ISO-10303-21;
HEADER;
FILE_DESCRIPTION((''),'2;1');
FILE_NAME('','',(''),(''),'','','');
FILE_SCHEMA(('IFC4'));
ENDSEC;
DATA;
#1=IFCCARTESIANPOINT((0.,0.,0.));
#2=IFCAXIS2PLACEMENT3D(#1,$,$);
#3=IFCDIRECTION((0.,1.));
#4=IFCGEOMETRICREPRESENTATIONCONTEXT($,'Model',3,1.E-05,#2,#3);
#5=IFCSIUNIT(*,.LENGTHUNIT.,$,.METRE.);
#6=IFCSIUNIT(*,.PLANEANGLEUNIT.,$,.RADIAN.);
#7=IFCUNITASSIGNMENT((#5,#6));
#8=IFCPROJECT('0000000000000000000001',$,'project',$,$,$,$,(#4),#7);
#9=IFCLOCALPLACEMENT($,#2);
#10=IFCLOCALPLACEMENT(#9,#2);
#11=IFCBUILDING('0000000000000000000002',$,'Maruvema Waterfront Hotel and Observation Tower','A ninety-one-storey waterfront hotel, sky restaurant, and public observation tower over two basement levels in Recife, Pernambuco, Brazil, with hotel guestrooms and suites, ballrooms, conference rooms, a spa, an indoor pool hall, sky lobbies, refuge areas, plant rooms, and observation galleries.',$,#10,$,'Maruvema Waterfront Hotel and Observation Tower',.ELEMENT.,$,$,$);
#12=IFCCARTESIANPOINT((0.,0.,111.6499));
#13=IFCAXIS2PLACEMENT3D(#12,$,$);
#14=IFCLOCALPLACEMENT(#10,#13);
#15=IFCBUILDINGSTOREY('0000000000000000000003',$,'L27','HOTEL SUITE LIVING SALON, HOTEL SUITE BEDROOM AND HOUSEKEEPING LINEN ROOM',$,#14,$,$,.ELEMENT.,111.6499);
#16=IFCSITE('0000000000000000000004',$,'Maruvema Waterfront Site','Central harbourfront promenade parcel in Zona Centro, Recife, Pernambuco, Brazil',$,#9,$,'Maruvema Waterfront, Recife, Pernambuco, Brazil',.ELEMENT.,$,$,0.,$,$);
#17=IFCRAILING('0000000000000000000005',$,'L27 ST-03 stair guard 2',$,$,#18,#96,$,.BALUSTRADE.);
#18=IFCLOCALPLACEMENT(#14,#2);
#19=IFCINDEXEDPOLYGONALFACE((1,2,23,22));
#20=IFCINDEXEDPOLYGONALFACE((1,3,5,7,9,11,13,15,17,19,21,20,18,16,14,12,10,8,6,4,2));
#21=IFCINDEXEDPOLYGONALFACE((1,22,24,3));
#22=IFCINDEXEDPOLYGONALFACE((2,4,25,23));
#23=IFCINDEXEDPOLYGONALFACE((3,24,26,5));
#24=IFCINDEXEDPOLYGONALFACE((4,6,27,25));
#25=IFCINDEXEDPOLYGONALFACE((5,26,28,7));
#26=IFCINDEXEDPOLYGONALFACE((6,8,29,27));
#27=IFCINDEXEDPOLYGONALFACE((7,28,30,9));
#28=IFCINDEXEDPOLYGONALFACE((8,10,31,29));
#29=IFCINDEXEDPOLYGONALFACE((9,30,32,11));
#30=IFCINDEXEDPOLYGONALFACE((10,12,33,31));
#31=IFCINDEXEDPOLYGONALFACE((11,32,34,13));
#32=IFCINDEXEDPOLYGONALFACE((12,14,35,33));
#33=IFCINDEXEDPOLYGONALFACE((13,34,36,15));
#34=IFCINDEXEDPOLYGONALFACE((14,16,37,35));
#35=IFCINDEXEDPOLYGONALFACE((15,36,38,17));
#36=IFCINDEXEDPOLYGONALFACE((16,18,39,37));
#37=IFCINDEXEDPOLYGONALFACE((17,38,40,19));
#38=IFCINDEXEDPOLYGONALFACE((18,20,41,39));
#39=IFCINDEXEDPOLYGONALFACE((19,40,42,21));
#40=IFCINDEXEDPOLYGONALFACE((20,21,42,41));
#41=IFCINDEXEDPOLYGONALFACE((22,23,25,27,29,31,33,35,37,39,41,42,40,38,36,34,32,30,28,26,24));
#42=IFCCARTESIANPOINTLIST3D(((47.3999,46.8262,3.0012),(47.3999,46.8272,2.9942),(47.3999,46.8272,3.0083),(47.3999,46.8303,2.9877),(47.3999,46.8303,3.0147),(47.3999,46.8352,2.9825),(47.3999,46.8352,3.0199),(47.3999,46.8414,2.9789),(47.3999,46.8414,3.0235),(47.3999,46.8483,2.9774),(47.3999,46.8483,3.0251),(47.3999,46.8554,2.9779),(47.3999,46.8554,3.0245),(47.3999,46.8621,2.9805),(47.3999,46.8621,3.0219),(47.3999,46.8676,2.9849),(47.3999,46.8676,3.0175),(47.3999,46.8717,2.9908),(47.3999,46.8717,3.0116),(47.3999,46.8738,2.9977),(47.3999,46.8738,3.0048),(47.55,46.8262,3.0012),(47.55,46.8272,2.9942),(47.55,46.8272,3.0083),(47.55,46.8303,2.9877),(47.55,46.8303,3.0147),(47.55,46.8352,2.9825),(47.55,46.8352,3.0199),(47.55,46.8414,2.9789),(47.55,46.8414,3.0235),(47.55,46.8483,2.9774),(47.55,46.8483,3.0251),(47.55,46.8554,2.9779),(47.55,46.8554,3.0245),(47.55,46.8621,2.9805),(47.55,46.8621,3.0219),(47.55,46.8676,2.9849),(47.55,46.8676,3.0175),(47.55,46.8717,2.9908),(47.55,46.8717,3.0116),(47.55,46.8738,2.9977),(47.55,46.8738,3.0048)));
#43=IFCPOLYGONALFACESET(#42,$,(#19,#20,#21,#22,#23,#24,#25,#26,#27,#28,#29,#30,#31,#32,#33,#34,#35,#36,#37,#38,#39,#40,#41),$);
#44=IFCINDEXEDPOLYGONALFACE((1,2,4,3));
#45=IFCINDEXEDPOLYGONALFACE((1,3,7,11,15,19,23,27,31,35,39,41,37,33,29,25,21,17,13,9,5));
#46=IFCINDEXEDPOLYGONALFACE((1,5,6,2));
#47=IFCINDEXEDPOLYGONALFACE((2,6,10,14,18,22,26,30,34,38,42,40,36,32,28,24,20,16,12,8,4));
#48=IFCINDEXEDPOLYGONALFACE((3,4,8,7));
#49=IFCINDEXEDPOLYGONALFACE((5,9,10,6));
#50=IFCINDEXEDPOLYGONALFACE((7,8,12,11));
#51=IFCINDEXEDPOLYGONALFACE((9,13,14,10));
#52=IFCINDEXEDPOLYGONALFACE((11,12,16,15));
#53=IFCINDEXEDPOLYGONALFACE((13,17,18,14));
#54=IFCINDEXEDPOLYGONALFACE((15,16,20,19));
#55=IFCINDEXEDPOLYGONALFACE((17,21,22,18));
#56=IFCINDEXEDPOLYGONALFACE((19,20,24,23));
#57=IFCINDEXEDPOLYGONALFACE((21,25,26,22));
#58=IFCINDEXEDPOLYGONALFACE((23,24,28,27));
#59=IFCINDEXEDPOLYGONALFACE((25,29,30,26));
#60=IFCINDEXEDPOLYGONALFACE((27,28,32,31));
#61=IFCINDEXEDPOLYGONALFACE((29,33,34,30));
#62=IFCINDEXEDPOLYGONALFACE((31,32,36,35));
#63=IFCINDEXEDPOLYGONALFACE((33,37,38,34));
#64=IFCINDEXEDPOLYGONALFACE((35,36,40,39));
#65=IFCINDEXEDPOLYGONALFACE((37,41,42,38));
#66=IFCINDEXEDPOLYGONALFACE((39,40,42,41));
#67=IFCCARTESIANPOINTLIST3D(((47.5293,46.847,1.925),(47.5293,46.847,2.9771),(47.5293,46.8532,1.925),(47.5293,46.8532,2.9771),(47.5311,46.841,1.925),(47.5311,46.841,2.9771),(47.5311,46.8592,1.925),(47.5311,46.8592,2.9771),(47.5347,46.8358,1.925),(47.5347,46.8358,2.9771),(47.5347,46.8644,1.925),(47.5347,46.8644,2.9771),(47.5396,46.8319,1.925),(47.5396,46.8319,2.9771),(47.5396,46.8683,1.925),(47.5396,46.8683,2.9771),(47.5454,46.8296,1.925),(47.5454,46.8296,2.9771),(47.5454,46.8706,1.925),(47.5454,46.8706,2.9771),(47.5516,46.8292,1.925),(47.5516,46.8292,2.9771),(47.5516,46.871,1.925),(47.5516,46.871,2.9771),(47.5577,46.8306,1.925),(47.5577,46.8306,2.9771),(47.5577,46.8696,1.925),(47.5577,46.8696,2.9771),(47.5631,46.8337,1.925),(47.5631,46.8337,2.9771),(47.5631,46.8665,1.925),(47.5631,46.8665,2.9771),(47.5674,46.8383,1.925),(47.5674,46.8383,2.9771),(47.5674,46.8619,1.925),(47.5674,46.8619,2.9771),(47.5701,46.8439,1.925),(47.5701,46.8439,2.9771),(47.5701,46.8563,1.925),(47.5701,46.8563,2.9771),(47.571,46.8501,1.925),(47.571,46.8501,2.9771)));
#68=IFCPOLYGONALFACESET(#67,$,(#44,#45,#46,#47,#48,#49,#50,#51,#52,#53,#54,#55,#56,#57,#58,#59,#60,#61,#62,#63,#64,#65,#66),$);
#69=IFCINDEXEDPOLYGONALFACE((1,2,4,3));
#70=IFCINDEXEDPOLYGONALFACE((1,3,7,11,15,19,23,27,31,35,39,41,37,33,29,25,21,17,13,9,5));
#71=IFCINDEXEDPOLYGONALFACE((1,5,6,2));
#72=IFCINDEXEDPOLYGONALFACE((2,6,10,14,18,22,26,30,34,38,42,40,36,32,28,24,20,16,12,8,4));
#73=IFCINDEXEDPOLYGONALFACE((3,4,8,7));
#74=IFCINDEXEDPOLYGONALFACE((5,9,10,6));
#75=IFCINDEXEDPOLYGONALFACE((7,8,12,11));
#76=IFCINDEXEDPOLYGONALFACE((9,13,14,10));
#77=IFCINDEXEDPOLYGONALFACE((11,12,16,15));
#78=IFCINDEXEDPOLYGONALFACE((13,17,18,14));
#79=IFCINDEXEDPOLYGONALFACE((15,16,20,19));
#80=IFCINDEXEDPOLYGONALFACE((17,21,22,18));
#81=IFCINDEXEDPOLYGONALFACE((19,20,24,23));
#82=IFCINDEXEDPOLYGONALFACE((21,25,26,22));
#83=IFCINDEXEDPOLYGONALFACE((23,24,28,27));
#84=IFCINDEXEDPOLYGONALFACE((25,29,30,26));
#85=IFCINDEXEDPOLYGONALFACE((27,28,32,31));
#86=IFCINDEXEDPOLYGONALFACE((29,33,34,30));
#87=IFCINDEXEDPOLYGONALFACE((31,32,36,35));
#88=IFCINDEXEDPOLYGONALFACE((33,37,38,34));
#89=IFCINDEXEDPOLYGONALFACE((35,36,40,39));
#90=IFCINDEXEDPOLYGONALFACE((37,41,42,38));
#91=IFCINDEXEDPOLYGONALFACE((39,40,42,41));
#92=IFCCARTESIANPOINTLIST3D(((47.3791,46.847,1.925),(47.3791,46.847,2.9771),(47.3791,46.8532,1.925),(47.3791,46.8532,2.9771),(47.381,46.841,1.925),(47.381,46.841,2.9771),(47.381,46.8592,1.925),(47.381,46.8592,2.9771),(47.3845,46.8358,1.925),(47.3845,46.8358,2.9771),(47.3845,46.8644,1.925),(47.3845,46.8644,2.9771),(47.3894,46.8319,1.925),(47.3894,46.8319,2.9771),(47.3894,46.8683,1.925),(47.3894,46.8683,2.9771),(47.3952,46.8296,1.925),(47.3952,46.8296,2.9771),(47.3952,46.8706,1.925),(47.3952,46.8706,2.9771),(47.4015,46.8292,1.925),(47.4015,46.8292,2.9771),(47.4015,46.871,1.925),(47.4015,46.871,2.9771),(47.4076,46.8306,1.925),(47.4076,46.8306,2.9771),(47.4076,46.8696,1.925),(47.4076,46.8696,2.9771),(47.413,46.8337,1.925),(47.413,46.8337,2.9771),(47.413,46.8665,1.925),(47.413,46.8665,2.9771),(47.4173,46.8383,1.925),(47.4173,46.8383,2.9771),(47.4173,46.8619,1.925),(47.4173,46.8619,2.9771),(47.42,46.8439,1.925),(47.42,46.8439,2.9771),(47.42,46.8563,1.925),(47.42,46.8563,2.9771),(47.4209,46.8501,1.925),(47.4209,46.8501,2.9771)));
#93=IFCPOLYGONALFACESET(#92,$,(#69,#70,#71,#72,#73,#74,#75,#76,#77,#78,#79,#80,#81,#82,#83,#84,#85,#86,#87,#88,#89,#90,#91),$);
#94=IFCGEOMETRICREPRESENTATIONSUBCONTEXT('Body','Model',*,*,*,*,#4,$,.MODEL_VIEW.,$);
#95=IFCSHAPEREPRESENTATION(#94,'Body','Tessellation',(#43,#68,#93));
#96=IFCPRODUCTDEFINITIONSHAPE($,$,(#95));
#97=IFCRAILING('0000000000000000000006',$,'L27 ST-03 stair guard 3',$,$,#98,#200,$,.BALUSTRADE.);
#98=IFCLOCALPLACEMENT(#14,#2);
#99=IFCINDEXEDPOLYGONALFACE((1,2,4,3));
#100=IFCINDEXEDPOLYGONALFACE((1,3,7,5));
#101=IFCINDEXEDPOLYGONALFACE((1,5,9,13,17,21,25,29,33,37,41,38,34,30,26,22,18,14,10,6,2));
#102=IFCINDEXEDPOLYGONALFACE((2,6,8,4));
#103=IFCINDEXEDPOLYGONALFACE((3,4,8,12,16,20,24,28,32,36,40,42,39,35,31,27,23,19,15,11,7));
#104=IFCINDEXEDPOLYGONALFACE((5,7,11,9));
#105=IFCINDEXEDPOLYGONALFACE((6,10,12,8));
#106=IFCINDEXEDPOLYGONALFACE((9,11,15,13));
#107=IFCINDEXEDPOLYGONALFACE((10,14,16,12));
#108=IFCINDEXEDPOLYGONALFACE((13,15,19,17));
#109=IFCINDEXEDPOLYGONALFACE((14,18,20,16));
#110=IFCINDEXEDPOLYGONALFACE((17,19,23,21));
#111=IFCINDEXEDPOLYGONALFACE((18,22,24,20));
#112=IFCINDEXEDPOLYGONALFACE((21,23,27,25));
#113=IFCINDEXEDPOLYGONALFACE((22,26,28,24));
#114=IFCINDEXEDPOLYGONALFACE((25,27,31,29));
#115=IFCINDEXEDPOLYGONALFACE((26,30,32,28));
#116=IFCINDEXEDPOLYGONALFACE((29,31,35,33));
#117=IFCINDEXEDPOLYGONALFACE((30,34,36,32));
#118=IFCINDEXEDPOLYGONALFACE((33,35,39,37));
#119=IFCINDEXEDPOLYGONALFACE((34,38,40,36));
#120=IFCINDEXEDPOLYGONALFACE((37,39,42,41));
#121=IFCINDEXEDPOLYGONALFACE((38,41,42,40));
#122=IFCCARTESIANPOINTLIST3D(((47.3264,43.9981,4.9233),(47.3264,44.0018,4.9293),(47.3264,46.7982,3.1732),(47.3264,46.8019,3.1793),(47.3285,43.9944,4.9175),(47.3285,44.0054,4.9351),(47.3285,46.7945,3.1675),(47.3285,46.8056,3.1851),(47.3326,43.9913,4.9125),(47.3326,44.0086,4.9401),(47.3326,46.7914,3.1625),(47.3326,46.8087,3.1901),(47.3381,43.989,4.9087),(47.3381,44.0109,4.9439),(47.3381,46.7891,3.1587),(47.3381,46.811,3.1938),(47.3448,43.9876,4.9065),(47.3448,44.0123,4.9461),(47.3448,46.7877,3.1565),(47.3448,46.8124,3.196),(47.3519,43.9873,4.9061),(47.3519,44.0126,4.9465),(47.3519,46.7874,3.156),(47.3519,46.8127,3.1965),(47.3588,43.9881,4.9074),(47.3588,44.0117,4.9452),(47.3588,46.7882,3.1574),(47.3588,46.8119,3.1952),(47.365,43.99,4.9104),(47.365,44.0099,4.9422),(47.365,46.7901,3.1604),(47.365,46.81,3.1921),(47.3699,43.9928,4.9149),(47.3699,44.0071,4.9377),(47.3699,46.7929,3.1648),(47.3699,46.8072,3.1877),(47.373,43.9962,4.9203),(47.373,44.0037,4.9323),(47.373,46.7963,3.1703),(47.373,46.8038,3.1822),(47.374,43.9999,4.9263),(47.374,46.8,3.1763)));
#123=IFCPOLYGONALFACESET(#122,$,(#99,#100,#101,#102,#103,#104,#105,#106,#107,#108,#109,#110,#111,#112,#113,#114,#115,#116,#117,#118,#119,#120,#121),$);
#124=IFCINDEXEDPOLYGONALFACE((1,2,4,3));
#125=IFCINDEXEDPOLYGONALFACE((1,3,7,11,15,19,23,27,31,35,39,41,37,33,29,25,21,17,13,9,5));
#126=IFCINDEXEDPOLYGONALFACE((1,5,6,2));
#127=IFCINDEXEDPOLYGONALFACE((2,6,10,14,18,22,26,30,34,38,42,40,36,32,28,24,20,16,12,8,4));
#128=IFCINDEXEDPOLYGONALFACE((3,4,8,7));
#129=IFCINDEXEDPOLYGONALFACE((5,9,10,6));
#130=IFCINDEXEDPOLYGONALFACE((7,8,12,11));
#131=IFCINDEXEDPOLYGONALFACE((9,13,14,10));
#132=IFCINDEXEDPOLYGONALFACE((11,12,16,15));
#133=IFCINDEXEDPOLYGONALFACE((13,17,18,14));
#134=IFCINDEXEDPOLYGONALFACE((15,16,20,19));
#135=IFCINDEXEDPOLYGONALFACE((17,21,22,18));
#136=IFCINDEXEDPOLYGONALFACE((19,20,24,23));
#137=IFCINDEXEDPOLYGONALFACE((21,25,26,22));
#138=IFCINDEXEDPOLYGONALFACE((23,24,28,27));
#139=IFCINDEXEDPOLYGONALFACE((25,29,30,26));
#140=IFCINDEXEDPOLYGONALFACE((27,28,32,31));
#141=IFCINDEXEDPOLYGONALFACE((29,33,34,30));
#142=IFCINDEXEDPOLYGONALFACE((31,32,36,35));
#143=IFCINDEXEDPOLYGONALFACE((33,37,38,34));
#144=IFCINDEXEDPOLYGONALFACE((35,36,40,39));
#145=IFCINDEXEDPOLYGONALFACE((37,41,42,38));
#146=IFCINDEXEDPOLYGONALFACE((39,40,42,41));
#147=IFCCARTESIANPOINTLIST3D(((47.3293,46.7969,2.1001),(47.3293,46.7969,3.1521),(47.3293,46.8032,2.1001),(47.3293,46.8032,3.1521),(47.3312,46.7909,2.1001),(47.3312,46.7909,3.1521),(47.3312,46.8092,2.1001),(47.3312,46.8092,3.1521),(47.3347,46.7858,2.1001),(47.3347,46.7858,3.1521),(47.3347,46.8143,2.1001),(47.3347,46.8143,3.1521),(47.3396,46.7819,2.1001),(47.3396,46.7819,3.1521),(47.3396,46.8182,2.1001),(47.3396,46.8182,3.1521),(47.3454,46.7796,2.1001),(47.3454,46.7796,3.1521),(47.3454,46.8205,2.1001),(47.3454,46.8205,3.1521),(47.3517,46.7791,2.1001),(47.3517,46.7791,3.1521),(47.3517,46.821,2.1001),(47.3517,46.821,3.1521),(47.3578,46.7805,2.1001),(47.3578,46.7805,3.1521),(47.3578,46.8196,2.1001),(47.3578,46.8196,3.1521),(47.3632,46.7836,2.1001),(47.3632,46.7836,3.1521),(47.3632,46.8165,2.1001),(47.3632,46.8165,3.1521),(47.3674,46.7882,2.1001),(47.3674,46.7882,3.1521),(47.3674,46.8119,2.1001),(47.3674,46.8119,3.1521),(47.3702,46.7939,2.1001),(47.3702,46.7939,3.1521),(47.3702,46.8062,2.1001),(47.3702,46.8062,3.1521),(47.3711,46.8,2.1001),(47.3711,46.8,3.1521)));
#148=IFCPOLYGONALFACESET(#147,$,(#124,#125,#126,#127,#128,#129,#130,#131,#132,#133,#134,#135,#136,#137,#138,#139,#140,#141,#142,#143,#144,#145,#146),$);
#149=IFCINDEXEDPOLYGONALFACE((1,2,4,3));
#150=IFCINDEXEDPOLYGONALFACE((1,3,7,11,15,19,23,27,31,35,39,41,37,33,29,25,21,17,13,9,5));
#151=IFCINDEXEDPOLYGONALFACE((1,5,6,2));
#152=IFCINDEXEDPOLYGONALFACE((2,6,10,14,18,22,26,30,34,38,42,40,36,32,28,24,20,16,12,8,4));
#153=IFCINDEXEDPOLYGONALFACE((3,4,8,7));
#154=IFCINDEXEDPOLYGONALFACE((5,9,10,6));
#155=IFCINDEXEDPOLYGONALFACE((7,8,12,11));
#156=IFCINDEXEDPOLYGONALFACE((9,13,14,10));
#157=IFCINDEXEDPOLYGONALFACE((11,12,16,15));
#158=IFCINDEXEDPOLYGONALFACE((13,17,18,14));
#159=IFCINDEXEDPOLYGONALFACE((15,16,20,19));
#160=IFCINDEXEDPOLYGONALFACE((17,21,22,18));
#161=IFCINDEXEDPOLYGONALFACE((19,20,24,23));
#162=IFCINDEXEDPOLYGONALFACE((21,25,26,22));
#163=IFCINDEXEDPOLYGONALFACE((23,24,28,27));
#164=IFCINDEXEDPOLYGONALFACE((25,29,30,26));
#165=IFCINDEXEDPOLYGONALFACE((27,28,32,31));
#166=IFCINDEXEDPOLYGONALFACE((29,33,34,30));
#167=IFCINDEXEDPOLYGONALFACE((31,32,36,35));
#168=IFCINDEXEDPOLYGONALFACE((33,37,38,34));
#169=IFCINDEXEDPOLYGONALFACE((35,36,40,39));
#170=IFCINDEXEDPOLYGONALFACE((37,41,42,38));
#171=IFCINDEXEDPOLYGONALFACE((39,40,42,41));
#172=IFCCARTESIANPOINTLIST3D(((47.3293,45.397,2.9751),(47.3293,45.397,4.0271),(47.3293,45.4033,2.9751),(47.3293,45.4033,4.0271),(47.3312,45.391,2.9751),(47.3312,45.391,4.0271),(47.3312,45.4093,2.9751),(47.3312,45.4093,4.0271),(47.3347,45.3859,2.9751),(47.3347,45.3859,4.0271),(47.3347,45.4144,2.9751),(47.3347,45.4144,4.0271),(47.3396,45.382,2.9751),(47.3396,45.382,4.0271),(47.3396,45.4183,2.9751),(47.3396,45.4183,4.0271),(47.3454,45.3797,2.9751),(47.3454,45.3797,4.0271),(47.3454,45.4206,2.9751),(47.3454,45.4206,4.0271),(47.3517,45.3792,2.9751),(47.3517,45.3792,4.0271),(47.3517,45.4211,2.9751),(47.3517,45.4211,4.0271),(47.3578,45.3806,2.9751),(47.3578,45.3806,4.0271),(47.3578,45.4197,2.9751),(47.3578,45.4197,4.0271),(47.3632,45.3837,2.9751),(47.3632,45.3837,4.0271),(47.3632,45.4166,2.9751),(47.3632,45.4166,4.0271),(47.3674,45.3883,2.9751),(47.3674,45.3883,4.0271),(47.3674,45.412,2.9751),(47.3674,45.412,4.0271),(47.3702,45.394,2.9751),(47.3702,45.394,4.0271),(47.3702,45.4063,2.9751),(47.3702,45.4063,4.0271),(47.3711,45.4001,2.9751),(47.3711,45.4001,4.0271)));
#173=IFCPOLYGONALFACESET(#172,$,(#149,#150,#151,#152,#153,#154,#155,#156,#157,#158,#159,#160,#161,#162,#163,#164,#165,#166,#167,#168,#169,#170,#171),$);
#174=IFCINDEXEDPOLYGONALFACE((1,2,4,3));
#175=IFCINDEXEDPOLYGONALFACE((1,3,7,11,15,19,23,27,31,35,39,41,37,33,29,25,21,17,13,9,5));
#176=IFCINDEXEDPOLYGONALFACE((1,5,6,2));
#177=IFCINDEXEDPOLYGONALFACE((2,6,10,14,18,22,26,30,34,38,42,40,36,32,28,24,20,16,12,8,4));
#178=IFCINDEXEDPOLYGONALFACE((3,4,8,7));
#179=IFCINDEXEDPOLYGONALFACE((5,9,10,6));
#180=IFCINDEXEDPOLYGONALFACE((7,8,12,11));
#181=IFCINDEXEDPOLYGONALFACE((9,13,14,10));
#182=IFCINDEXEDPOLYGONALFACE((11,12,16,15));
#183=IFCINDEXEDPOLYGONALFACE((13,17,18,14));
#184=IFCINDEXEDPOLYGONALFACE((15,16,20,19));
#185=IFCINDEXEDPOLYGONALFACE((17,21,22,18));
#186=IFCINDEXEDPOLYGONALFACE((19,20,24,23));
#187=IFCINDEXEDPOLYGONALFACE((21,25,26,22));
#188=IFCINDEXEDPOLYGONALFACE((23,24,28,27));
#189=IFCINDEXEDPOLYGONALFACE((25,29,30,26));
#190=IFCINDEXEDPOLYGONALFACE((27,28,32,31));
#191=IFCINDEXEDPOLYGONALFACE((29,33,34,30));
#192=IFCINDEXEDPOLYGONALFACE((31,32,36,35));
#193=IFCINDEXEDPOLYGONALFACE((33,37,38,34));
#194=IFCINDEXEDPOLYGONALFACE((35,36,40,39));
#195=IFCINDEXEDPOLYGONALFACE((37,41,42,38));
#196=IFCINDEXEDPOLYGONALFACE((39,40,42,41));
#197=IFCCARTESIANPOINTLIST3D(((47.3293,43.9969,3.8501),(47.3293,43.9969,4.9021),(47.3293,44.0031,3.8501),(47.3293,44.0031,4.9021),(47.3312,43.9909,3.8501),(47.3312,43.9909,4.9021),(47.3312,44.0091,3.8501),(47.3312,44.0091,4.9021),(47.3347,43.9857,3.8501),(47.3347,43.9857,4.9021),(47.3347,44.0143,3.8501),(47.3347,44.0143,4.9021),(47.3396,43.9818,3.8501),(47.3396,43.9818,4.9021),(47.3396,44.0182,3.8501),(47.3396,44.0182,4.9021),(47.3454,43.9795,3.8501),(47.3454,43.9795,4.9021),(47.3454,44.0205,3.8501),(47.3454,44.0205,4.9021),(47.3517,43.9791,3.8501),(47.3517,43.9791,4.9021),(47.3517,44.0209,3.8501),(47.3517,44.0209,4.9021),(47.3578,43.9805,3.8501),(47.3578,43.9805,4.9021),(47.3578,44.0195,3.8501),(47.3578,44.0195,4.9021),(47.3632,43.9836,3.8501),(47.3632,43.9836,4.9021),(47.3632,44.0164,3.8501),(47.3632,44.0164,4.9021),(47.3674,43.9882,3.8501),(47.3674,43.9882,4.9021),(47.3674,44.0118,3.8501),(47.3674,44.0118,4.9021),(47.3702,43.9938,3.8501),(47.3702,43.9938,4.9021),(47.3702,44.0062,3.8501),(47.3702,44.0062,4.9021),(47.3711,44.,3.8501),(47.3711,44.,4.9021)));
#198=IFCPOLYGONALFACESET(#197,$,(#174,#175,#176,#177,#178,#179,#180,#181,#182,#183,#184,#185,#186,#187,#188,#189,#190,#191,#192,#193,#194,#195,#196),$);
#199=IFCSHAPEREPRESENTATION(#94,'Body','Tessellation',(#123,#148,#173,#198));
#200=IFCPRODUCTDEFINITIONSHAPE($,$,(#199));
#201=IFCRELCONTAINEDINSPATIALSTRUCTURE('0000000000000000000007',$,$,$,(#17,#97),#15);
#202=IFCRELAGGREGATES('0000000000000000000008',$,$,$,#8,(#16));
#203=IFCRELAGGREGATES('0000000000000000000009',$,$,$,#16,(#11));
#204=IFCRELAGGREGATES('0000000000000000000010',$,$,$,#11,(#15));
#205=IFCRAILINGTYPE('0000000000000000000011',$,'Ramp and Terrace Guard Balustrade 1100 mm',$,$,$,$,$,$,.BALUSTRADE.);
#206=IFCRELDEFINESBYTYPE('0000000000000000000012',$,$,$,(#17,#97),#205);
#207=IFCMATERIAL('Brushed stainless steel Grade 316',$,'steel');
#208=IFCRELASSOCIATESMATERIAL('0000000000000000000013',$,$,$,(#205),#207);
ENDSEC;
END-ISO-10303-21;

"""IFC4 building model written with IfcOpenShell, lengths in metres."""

from ifc_helpers import new_model, si_unit, direction, frame, origin, origin_2d, place, context, subcontext, project, spatial, circle, extrude, material, type_object, element, save


model = new_model("IFC4")

# Units and contexts
model_context = context("Model", 3, precision=1e-05, world=origin(), true_north=direction((0.0, 1.0)))
body_context = subcontext(model_context, "Body", "Model", "MODEL_VIEW")
ifc_project = project(units=[si_unit("LENGTHUNIT", "METRE"), si_unit("PLANEANGLEUNIT", "RADIAN")], contexts=[model_context])

# Site, building, storey
site_placement = place(None, origin())
site = spatial("IfcSite", under=ifc_project, at=site_placement, Name="Maruvema Waterfront Site", Description="Central harbourfront promenade parcel in Zona Centro, Recife, Pernambuco, Brazil", LongName="Maruvema Waterfront, Recife, Pernambuco, Brazil", CompositionType="ELEMENT", RefElevation=0.0)
building_placement = place(site_placement, origin())
building = spatial("IfcBuilding", under=site, at=building_placement, Name="Maruvema Waterfront Hotel and Observation Tower", Description="A ninety-one-storey waterfront hotel, sky restaurant, and public observation tower over two basement levels in Recife, Pernambuco, Brazil, with hotel guestrooms and suites, ballrooms, conference rooms, a spa, an indoor pool hall, sky lobbies, refuge areas, plant rooms, and observation galleries.", LongName="Maruvema Waterfront Hotel and Observation Tower", CompositionType="ELEMENT")
storey_placement = place(building_placement, frame((0.0, 0.0, 111.6499)))
storey = spatial("IfcBuildingStorey", under=building, at=storey_placement, Name="L27", Description="HOTEL SUITE LIVING SALON, HOTEL SUITE BEDROOM AND HOUSEKEEPING LINEN ROOM", CompositionType="ELEMENT", Elevation=111.6499)

# Railings
ifc_material_1 = material(Name="Brushed stainless steel Grade 316", Category="steel")
railing_type_1 = type_object("IfcRailingType", Name="Ramp and Terrace Guard Balustrade 1100 mm", PredefinedType="BALUSTRADE", material=ifc_material_1)
railing_1_placement = place(storey_placement, frame((47.55, 46.8501, 1.925)))
element("IfcRailing", 1, at=railing_1_placement, inside=storey, type_object=railing_type_1, Name="L27 ST-03 stair guard 2", PredefinedType="BALUSTRADE", context=body_context, shape_type="SweptSolid", body=[
    extrude(circle(Radius=0.0239, at=origin_2d()), frame((0.0, 0.0, 1.0762), z_axis=(-1.0, 0.0, 0.0), x_axis=(0.0, -1.0, 0.0)), (0.0, 0.0, 1.0), 0.1501),
    extrude(circle(Radius=0.021, at=origin_2d()), origin(), (0.0, 0.0, 1.0), 1.052),
    extrude(circle(Radius=0.021, at=origin_2d()), frame((-0.1501, 0.0, 0.0)), (0.0, 0.0, 1.0), 1.052),
])
railing_2_placement = place(storey_placement, frame((47.3501, 46.8, 2.1001)))
element("IfcRailing", 2, at=railing_2_placement, inside=storey, type_object=railing_type_1, Name="L27 ST-03 stair guard 3", PredefinedType="BALUSTRADE", context=body_context, shape_type="SweptSolid", body=[
    extrude(circle(Radius=0.0239, at=origin_2d()), frame((0.0, 0.0, 1.0762), z_axis=(0.0, -0.848002, 0.529992), x_axis=(1.0, 0.0, 0.0)), (0.0, 0.0, 1.0), 3.302),
    extrude(circle(Radius=0.021, at=origin_2d()), origin(), (0.0, 0.0, 1.0), 1.052),
    extrude(circle(Radius=0.021, at=origin_2d()), frame((0.0, -1.3999, 0.875)), (0.0, 0.0, 1.0), 1.052),
    extrude(circle(Radius=0.021, at=origin_2d()), frame((0.0, -2.8, 1.75)), (0.0, 0.0, 1.0), 1.052),
])

save(model, "model.ifc")
